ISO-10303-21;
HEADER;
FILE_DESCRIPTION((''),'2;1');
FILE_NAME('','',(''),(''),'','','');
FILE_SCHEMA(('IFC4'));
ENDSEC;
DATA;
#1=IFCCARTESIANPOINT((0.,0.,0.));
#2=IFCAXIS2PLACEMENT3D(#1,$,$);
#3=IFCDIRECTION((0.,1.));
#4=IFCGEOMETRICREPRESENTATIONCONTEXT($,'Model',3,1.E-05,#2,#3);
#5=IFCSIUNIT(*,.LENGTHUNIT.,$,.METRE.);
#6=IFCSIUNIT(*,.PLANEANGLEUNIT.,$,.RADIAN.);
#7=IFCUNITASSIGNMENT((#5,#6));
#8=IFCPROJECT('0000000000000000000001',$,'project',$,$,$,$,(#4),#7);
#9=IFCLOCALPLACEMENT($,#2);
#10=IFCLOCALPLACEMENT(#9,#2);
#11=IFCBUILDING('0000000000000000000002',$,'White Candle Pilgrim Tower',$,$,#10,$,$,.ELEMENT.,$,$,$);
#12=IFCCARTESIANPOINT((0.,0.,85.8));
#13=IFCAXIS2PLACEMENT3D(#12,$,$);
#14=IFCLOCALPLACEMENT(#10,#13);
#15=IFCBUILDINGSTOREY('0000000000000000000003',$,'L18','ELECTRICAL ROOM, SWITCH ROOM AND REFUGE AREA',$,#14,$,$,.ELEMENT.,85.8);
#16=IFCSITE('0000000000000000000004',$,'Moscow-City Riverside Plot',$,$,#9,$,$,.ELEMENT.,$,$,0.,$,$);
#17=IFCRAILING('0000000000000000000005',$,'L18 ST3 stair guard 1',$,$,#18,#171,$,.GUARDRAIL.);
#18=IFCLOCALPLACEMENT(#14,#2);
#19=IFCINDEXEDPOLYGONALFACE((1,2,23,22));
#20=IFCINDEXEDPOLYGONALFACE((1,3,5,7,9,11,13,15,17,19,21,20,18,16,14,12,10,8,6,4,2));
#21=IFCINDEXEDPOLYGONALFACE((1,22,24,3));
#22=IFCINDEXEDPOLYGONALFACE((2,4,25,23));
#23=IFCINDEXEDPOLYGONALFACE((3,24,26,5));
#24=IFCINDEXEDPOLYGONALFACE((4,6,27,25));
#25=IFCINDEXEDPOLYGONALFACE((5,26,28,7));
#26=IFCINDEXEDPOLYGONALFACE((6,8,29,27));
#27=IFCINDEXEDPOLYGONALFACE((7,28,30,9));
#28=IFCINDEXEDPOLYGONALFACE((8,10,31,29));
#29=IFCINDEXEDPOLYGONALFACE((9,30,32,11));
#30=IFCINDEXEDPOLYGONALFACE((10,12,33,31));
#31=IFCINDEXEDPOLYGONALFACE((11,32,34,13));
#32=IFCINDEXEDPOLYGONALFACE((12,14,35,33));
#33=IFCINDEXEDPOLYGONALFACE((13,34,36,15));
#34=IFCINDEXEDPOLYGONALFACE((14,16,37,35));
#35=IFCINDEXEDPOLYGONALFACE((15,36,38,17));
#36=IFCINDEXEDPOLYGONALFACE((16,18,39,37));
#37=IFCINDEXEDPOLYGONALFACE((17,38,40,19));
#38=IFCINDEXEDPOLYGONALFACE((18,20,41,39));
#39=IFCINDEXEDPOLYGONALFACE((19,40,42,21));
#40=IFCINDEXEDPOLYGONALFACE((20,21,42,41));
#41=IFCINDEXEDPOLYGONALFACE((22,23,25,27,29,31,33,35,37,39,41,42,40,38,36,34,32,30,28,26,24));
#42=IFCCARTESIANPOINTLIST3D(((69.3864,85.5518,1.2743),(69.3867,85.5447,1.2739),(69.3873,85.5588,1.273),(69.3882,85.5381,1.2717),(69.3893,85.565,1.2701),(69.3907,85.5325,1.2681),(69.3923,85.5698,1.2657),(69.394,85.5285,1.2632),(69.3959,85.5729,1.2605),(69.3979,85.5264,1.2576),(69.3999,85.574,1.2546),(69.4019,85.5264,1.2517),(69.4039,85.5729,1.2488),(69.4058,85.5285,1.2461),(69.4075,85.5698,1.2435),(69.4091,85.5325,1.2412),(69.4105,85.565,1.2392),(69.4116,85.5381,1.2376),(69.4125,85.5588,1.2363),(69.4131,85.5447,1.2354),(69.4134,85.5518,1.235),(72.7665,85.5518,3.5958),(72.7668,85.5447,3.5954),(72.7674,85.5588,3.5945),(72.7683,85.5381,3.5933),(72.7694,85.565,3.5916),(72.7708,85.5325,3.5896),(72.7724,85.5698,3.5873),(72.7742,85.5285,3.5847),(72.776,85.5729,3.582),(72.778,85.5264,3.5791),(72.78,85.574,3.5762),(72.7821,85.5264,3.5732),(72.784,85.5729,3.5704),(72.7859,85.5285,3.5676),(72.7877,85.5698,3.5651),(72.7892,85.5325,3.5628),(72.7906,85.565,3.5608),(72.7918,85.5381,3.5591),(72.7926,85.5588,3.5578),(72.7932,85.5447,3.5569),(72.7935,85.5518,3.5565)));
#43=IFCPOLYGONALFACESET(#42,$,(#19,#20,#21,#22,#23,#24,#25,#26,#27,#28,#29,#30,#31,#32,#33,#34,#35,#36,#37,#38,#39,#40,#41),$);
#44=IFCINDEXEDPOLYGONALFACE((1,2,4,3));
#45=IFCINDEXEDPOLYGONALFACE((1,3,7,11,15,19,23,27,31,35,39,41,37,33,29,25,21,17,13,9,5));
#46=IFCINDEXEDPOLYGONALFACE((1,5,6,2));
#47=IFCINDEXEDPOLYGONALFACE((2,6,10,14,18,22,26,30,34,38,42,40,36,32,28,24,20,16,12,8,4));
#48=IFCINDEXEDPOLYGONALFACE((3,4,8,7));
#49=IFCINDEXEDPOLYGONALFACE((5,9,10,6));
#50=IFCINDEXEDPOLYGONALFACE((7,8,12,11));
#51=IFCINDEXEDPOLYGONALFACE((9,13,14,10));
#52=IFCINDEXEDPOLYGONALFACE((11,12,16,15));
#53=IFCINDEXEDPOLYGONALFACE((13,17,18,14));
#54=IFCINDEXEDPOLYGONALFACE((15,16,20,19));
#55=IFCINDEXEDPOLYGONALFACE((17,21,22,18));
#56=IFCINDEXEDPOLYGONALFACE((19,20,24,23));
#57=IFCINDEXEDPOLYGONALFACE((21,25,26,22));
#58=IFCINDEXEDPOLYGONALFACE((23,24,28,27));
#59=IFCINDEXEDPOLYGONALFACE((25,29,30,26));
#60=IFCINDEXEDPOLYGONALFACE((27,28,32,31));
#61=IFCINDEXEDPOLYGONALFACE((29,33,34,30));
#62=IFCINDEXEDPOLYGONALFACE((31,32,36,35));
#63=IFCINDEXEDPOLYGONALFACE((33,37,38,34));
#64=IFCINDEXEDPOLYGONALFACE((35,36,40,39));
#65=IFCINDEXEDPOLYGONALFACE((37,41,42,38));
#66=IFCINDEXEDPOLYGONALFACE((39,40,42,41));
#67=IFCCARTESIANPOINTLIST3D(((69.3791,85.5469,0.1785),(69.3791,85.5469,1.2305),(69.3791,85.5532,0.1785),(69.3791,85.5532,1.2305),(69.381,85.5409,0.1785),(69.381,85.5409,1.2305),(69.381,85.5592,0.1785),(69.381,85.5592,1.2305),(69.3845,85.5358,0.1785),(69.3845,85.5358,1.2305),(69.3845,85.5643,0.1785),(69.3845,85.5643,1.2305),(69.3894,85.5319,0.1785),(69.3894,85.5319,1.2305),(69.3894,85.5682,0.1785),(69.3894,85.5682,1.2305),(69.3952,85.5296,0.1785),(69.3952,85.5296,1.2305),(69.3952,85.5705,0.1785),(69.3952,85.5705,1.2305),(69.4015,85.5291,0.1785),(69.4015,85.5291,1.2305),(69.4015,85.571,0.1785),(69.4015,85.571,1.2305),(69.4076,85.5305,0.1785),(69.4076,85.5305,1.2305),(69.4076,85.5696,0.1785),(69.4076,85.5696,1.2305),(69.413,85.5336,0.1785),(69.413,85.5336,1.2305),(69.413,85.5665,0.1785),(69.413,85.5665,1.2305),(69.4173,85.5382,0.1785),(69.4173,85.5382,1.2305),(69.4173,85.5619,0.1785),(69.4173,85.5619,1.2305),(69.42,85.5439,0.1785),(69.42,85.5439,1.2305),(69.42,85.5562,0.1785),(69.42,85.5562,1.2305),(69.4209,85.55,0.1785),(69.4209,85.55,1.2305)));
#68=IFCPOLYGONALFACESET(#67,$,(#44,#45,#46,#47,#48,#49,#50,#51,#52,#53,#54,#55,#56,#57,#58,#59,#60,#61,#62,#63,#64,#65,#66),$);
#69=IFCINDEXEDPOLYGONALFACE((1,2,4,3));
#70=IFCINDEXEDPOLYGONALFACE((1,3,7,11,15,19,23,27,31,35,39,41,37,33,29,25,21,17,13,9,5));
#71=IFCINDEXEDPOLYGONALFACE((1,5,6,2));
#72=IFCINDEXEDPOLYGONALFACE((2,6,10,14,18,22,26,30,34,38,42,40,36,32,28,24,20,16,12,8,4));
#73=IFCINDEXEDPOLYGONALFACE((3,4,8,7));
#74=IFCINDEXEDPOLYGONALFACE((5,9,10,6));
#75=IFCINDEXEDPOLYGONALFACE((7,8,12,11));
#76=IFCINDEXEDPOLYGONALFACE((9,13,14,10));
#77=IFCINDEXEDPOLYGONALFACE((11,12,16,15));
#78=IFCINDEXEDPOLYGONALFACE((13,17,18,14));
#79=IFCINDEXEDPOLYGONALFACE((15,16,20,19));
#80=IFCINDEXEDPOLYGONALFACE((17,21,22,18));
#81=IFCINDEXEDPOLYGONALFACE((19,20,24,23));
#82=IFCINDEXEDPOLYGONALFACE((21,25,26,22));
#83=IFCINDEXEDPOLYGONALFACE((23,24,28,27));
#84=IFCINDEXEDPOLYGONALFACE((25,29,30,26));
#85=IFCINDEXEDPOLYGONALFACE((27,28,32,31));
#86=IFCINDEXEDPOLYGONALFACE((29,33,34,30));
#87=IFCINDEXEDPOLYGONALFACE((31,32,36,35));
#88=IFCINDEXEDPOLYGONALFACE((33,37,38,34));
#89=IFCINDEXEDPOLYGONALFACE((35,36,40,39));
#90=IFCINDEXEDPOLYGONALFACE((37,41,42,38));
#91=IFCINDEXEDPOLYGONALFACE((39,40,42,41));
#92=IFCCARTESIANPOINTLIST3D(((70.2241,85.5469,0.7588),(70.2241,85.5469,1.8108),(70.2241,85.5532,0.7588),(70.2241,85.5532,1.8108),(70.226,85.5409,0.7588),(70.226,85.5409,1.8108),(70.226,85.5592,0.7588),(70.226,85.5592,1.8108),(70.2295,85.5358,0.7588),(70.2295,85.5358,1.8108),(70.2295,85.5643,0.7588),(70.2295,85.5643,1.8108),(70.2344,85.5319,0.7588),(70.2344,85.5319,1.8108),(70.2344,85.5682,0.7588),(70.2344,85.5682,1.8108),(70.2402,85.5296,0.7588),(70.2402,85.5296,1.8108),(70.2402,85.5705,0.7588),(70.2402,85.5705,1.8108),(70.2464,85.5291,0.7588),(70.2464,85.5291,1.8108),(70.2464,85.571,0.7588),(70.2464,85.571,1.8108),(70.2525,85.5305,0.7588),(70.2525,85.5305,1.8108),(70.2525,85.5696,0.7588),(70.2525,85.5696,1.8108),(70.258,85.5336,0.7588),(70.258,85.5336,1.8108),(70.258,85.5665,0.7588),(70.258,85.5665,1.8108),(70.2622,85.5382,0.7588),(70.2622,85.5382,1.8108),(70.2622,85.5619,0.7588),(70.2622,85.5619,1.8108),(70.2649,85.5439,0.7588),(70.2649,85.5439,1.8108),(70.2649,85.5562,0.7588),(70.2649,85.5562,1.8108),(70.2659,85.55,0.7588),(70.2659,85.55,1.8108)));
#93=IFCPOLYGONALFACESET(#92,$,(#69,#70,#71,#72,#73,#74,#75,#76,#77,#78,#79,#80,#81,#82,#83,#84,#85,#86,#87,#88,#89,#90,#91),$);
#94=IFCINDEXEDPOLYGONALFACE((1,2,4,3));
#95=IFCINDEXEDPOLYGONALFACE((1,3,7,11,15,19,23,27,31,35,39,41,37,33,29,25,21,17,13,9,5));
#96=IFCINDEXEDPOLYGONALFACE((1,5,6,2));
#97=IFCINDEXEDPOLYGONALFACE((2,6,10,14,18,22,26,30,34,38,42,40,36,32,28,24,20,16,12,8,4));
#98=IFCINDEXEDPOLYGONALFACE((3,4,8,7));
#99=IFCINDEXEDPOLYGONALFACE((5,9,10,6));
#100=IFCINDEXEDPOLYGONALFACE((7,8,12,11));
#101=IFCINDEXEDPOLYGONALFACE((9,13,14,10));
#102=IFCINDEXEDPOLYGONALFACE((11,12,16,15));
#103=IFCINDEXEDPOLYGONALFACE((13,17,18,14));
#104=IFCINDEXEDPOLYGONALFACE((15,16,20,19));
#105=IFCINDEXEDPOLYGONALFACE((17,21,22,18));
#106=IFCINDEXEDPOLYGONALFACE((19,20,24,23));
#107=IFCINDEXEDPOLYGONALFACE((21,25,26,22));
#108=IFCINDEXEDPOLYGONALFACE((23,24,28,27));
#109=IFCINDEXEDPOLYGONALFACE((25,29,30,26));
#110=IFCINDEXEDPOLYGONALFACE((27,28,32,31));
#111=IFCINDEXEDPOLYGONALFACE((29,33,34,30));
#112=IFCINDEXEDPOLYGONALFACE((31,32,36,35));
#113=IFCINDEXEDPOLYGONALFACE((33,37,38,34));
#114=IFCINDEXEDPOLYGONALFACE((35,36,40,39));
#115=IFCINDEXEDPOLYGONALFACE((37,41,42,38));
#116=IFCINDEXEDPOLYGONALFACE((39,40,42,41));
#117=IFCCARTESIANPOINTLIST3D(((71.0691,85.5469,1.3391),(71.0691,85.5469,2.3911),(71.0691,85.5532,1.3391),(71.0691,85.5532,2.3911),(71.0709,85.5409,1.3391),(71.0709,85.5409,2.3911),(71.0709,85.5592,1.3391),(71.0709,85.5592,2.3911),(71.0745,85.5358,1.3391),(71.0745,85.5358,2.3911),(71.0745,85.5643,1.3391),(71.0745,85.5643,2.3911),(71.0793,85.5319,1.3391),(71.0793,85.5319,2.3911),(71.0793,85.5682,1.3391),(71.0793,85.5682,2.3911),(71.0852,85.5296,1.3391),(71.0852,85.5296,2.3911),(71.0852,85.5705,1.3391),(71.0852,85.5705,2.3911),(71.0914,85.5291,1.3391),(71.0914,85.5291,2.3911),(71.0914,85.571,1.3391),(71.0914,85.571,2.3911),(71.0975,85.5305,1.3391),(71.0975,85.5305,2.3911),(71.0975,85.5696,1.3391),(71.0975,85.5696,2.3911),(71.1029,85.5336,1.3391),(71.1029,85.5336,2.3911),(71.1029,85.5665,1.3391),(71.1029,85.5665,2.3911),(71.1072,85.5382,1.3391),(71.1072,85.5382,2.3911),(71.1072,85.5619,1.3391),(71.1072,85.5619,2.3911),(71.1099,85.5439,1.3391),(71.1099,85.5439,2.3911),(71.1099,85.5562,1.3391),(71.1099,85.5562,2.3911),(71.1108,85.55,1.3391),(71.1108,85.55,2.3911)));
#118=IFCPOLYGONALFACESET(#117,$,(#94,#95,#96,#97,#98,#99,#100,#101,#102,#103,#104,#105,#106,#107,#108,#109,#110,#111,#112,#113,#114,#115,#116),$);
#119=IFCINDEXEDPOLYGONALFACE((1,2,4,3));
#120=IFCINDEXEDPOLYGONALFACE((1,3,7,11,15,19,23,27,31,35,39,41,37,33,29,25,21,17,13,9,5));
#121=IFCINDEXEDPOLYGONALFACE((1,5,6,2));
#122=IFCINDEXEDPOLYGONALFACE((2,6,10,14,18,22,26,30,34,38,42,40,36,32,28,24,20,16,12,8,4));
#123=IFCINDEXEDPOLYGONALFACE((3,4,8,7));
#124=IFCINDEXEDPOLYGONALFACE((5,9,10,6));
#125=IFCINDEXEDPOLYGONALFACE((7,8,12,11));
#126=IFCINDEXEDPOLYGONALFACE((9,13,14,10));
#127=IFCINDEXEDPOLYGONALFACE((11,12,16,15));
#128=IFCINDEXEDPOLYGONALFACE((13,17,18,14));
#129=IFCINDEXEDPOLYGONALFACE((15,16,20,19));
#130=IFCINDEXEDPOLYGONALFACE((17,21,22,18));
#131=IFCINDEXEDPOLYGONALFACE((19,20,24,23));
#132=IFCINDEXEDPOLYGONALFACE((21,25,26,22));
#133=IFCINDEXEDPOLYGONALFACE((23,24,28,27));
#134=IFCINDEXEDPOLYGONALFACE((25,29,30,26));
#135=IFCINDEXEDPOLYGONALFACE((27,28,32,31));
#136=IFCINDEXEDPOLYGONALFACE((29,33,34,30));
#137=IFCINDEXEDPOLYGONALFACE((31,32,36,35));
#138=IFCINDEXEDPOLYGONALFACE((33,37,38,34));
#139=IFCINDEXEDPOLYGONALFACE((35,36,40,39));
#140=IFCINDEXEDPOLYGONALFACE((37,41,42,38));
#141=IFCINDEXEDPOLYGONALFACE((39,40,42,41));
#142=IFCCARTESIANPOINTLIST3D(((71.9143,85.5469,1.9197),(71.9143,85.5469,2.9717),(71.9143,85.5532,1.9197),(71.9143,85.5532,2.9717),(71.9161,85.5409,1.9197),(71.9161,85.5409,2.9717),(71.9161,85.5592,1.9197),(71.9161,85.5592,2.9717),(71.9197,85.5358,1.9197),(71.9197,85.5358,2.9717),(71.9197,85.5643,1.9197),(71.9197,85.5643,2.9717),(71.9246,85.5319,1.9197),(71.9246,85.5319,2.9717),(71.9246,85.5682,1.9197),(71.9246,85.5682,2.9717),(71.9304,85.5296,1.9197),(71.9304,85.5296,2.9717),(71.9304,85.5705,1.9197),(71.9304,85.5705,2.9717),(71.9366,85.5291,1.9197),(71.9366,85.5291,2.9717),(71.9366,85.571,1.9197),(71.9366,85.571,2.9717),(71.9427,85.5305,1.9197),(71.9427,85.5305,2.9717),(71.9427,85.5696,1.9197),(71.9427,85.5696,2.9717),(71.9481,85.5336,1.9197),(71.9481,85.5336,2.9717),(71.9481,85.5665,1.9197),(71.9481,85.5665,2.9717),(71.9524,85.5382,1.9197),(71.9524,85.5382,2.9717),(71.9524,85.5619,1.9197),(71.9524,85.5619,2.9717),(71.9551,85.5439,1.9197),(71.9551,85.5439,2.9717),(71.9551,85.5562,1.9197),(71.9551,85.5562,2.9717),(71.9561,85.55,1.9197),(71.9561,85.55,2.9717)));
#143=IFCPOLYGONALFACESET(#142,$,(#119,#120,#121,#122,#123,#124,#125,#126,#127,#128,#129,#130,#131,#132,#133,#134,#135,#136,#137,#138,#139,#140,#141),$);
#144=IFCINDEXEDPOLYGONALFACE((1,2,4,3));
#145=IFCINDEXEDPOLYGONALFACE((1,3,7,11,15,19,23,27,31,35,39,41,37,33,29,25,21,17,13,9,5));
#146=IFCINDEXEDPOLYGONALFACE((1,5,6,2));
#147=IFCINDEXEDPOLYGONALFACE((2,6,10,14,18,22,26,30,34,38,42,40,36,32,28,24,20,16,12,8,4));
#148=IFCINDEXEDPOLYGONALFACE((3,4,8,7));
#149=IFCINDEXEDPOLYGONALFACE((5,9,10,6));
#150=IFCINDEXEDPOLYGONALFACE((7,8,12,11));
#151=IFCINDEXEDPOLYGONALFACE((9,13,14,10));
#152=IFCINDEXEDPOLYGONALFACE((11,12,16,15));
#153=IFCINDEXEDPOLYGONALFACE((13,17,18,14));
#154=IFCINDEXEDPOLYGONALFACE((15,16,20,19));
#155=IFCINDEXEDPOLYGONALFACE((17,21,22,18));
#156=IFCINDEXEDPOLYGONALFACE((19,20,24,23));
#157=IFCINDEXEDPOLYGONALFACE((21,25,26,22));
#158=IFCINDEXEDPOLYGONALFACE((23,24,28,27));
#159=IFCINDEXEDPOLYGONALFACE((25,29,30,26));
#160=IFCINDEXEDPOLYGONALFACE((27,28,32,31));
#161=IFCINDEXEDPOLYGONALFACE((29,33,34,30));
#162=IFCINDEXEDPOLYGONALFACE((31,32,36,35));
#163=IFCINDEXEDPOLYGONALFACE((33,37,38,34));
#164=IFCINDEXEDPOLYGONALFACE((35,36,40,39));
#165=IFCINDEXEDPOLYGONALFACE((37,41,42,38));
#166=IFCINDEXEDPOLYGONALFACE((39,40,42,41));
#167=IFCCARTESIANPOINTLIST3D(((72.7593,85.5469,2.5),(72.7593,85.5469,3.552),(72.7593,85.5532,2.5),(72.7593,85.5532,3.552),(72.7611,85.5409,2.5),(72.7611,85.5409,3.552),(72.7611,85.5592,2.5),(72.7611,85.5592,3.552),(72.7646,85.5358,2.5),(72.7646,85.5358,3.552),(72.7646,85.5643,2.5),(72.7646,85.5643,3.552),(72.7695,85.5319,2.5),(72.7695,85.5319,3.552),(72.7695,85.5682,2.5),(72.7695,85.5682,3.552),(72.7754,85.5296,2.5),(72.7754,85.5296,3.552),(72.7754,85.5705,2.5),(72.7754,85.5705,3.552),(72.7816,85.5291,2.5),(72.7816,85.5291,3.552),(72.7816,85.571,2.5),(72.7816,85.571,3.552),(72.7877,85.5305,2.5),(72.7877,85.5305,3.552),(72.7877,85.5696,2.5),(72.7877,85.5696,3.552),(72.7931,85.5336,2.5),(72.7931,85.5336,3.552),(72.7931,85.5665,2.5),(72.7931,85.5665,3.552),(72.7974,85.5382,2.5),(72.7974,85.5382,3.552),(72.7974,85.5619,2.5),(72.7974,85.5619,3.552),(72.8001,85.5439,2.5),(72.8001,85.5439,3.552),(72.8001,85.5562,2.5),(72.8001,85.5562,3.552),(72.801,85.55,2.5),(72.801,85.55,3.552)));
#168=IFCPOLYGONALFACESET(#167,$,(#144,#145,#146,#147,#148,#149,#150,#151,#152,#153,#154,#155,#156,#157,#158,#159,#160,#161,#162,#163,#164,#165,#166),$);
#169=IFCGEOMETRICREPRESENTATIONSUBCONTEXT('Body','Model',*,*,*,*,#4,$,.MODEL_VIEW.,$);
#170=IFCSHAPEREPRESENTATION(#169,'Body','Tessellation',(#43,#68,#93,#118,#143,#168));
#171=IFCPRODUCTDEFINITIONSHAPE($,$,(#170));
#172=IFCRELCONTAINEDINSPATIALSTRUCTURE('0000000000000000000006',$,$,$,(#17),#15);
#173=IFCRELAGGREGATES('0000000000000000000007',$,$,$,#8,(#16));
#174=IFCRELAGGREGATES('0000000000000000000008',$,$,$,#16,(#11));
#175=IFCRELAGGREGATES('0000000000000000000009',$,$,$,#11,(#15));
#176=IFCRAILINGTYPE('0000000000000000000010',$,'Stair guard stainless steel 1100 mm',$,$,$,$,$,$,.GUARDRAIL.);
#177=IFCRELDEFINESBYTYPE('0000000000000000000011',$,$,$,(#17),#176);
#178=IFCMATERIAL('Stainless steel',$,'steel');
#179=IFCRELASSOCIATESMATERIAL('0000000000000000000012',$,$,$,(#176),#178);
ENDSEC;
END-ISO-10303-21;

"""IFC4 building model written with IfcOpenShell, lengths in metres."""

from ifc_helpers import new_model, si_unit, direction, frame, origin, origin_2d, place, context, subcontext, project, spatial, circle, extrude, material, type_object, element, save


model = new_model("IFC4")

# Units and contexts
model_context = context("Model", 3, precision=1e-05, world=origin(), true_north=direction((0.0, 1.0)))
body_context = subcontext(model_context, "Body", "Model", "MODEL_VIEW")
ifc_project = project(units=[si_unit("LENGTHUNIT", "METRE"), si_unit("PLANEANGLEUNIT", "RADIAN")], contexts=[model_context])

# Site, building, storey
site_placement = place(None, origin())
site = spatial("IfcSite", under=ifc_project, at=site_placement, Name="Moscow-City Riverside Plot", CompositionType="ELEMENT", RefElevation=0.0)
building_placement = place(site_placement, origin())
building = spatial("IfcBuilding", under=site, at=building_placement, Name="White Candle Pilgrim Tower", CompositionType="ELEMENT")
storey_placement = place(building_placement, frame((0.0, 0.0, 85.8)))
storey = spatial("IfcBuildingStorey", under=building, at=storey_placement, Name="L18", Description="ELECTRICAL ROOM, SWITCH ROOM AND REFUGE AREA", CompositionType="ELEMENT", Elevation=85.8)

# Railing
ifc_material_1 = material(Name="Stainless steel", Category="steel")
railing_type_1 = type_object("IfcRailingType", Name="Stair guard stainless steel 1100 mm", PredefinedType="GUARDRAIL", material=ifc_material_1)
railing_1_placement = place(storey_placement, frame((69.3999, 85.55, 0.1785)))
element("IfcRailing", 1, at=railing_1_placement, inside=storey, type_object=railing_type_1, Name="L18 ST3 stair guard 1", PredefinedType="GUARDRAIL", context=body_context, shape_type="SweptSolid", body=[
    extrude(circle(Radius=0.0239, at=origin_2d()), frame((0.0, 0.0, 1.0762), z_axis=(0.824304, 0.0, 0.566147), x_axis=(0.0, 1.0, 0.0)), (0.0, 0.0, 1.0), 4.1006),
    extrude(circle(Radius=0.021, at=origin_2d()), origin(), (0.0, 0.0, 1.0), 1.052),
    extrude(circle(Radius=0.021, at=origin_2d()), frame((0.845, 0.0, 0.5803)), (0.0, 0.0, 1.0), 1.052),
    extrude(circle(Radius=0.021, at=origin_2d()), frame((1.6899, 0.0, 1.1606)), (0.0, 0.0, 1.0), 1.052),
    extrude(circle(Radius=0.021, at=origin_2d()), frame((2.5352, 0.0, 1.7412)), (0.0, 0.0, 1.0), 1.052),
    extrude(circle(Radius=0.021, at=origin_2d()), frame((3.3801, 0.0, 2.3215)), (0.0, 0.0, 1.0), 1.052),
])

save(model, "model.ifc")
